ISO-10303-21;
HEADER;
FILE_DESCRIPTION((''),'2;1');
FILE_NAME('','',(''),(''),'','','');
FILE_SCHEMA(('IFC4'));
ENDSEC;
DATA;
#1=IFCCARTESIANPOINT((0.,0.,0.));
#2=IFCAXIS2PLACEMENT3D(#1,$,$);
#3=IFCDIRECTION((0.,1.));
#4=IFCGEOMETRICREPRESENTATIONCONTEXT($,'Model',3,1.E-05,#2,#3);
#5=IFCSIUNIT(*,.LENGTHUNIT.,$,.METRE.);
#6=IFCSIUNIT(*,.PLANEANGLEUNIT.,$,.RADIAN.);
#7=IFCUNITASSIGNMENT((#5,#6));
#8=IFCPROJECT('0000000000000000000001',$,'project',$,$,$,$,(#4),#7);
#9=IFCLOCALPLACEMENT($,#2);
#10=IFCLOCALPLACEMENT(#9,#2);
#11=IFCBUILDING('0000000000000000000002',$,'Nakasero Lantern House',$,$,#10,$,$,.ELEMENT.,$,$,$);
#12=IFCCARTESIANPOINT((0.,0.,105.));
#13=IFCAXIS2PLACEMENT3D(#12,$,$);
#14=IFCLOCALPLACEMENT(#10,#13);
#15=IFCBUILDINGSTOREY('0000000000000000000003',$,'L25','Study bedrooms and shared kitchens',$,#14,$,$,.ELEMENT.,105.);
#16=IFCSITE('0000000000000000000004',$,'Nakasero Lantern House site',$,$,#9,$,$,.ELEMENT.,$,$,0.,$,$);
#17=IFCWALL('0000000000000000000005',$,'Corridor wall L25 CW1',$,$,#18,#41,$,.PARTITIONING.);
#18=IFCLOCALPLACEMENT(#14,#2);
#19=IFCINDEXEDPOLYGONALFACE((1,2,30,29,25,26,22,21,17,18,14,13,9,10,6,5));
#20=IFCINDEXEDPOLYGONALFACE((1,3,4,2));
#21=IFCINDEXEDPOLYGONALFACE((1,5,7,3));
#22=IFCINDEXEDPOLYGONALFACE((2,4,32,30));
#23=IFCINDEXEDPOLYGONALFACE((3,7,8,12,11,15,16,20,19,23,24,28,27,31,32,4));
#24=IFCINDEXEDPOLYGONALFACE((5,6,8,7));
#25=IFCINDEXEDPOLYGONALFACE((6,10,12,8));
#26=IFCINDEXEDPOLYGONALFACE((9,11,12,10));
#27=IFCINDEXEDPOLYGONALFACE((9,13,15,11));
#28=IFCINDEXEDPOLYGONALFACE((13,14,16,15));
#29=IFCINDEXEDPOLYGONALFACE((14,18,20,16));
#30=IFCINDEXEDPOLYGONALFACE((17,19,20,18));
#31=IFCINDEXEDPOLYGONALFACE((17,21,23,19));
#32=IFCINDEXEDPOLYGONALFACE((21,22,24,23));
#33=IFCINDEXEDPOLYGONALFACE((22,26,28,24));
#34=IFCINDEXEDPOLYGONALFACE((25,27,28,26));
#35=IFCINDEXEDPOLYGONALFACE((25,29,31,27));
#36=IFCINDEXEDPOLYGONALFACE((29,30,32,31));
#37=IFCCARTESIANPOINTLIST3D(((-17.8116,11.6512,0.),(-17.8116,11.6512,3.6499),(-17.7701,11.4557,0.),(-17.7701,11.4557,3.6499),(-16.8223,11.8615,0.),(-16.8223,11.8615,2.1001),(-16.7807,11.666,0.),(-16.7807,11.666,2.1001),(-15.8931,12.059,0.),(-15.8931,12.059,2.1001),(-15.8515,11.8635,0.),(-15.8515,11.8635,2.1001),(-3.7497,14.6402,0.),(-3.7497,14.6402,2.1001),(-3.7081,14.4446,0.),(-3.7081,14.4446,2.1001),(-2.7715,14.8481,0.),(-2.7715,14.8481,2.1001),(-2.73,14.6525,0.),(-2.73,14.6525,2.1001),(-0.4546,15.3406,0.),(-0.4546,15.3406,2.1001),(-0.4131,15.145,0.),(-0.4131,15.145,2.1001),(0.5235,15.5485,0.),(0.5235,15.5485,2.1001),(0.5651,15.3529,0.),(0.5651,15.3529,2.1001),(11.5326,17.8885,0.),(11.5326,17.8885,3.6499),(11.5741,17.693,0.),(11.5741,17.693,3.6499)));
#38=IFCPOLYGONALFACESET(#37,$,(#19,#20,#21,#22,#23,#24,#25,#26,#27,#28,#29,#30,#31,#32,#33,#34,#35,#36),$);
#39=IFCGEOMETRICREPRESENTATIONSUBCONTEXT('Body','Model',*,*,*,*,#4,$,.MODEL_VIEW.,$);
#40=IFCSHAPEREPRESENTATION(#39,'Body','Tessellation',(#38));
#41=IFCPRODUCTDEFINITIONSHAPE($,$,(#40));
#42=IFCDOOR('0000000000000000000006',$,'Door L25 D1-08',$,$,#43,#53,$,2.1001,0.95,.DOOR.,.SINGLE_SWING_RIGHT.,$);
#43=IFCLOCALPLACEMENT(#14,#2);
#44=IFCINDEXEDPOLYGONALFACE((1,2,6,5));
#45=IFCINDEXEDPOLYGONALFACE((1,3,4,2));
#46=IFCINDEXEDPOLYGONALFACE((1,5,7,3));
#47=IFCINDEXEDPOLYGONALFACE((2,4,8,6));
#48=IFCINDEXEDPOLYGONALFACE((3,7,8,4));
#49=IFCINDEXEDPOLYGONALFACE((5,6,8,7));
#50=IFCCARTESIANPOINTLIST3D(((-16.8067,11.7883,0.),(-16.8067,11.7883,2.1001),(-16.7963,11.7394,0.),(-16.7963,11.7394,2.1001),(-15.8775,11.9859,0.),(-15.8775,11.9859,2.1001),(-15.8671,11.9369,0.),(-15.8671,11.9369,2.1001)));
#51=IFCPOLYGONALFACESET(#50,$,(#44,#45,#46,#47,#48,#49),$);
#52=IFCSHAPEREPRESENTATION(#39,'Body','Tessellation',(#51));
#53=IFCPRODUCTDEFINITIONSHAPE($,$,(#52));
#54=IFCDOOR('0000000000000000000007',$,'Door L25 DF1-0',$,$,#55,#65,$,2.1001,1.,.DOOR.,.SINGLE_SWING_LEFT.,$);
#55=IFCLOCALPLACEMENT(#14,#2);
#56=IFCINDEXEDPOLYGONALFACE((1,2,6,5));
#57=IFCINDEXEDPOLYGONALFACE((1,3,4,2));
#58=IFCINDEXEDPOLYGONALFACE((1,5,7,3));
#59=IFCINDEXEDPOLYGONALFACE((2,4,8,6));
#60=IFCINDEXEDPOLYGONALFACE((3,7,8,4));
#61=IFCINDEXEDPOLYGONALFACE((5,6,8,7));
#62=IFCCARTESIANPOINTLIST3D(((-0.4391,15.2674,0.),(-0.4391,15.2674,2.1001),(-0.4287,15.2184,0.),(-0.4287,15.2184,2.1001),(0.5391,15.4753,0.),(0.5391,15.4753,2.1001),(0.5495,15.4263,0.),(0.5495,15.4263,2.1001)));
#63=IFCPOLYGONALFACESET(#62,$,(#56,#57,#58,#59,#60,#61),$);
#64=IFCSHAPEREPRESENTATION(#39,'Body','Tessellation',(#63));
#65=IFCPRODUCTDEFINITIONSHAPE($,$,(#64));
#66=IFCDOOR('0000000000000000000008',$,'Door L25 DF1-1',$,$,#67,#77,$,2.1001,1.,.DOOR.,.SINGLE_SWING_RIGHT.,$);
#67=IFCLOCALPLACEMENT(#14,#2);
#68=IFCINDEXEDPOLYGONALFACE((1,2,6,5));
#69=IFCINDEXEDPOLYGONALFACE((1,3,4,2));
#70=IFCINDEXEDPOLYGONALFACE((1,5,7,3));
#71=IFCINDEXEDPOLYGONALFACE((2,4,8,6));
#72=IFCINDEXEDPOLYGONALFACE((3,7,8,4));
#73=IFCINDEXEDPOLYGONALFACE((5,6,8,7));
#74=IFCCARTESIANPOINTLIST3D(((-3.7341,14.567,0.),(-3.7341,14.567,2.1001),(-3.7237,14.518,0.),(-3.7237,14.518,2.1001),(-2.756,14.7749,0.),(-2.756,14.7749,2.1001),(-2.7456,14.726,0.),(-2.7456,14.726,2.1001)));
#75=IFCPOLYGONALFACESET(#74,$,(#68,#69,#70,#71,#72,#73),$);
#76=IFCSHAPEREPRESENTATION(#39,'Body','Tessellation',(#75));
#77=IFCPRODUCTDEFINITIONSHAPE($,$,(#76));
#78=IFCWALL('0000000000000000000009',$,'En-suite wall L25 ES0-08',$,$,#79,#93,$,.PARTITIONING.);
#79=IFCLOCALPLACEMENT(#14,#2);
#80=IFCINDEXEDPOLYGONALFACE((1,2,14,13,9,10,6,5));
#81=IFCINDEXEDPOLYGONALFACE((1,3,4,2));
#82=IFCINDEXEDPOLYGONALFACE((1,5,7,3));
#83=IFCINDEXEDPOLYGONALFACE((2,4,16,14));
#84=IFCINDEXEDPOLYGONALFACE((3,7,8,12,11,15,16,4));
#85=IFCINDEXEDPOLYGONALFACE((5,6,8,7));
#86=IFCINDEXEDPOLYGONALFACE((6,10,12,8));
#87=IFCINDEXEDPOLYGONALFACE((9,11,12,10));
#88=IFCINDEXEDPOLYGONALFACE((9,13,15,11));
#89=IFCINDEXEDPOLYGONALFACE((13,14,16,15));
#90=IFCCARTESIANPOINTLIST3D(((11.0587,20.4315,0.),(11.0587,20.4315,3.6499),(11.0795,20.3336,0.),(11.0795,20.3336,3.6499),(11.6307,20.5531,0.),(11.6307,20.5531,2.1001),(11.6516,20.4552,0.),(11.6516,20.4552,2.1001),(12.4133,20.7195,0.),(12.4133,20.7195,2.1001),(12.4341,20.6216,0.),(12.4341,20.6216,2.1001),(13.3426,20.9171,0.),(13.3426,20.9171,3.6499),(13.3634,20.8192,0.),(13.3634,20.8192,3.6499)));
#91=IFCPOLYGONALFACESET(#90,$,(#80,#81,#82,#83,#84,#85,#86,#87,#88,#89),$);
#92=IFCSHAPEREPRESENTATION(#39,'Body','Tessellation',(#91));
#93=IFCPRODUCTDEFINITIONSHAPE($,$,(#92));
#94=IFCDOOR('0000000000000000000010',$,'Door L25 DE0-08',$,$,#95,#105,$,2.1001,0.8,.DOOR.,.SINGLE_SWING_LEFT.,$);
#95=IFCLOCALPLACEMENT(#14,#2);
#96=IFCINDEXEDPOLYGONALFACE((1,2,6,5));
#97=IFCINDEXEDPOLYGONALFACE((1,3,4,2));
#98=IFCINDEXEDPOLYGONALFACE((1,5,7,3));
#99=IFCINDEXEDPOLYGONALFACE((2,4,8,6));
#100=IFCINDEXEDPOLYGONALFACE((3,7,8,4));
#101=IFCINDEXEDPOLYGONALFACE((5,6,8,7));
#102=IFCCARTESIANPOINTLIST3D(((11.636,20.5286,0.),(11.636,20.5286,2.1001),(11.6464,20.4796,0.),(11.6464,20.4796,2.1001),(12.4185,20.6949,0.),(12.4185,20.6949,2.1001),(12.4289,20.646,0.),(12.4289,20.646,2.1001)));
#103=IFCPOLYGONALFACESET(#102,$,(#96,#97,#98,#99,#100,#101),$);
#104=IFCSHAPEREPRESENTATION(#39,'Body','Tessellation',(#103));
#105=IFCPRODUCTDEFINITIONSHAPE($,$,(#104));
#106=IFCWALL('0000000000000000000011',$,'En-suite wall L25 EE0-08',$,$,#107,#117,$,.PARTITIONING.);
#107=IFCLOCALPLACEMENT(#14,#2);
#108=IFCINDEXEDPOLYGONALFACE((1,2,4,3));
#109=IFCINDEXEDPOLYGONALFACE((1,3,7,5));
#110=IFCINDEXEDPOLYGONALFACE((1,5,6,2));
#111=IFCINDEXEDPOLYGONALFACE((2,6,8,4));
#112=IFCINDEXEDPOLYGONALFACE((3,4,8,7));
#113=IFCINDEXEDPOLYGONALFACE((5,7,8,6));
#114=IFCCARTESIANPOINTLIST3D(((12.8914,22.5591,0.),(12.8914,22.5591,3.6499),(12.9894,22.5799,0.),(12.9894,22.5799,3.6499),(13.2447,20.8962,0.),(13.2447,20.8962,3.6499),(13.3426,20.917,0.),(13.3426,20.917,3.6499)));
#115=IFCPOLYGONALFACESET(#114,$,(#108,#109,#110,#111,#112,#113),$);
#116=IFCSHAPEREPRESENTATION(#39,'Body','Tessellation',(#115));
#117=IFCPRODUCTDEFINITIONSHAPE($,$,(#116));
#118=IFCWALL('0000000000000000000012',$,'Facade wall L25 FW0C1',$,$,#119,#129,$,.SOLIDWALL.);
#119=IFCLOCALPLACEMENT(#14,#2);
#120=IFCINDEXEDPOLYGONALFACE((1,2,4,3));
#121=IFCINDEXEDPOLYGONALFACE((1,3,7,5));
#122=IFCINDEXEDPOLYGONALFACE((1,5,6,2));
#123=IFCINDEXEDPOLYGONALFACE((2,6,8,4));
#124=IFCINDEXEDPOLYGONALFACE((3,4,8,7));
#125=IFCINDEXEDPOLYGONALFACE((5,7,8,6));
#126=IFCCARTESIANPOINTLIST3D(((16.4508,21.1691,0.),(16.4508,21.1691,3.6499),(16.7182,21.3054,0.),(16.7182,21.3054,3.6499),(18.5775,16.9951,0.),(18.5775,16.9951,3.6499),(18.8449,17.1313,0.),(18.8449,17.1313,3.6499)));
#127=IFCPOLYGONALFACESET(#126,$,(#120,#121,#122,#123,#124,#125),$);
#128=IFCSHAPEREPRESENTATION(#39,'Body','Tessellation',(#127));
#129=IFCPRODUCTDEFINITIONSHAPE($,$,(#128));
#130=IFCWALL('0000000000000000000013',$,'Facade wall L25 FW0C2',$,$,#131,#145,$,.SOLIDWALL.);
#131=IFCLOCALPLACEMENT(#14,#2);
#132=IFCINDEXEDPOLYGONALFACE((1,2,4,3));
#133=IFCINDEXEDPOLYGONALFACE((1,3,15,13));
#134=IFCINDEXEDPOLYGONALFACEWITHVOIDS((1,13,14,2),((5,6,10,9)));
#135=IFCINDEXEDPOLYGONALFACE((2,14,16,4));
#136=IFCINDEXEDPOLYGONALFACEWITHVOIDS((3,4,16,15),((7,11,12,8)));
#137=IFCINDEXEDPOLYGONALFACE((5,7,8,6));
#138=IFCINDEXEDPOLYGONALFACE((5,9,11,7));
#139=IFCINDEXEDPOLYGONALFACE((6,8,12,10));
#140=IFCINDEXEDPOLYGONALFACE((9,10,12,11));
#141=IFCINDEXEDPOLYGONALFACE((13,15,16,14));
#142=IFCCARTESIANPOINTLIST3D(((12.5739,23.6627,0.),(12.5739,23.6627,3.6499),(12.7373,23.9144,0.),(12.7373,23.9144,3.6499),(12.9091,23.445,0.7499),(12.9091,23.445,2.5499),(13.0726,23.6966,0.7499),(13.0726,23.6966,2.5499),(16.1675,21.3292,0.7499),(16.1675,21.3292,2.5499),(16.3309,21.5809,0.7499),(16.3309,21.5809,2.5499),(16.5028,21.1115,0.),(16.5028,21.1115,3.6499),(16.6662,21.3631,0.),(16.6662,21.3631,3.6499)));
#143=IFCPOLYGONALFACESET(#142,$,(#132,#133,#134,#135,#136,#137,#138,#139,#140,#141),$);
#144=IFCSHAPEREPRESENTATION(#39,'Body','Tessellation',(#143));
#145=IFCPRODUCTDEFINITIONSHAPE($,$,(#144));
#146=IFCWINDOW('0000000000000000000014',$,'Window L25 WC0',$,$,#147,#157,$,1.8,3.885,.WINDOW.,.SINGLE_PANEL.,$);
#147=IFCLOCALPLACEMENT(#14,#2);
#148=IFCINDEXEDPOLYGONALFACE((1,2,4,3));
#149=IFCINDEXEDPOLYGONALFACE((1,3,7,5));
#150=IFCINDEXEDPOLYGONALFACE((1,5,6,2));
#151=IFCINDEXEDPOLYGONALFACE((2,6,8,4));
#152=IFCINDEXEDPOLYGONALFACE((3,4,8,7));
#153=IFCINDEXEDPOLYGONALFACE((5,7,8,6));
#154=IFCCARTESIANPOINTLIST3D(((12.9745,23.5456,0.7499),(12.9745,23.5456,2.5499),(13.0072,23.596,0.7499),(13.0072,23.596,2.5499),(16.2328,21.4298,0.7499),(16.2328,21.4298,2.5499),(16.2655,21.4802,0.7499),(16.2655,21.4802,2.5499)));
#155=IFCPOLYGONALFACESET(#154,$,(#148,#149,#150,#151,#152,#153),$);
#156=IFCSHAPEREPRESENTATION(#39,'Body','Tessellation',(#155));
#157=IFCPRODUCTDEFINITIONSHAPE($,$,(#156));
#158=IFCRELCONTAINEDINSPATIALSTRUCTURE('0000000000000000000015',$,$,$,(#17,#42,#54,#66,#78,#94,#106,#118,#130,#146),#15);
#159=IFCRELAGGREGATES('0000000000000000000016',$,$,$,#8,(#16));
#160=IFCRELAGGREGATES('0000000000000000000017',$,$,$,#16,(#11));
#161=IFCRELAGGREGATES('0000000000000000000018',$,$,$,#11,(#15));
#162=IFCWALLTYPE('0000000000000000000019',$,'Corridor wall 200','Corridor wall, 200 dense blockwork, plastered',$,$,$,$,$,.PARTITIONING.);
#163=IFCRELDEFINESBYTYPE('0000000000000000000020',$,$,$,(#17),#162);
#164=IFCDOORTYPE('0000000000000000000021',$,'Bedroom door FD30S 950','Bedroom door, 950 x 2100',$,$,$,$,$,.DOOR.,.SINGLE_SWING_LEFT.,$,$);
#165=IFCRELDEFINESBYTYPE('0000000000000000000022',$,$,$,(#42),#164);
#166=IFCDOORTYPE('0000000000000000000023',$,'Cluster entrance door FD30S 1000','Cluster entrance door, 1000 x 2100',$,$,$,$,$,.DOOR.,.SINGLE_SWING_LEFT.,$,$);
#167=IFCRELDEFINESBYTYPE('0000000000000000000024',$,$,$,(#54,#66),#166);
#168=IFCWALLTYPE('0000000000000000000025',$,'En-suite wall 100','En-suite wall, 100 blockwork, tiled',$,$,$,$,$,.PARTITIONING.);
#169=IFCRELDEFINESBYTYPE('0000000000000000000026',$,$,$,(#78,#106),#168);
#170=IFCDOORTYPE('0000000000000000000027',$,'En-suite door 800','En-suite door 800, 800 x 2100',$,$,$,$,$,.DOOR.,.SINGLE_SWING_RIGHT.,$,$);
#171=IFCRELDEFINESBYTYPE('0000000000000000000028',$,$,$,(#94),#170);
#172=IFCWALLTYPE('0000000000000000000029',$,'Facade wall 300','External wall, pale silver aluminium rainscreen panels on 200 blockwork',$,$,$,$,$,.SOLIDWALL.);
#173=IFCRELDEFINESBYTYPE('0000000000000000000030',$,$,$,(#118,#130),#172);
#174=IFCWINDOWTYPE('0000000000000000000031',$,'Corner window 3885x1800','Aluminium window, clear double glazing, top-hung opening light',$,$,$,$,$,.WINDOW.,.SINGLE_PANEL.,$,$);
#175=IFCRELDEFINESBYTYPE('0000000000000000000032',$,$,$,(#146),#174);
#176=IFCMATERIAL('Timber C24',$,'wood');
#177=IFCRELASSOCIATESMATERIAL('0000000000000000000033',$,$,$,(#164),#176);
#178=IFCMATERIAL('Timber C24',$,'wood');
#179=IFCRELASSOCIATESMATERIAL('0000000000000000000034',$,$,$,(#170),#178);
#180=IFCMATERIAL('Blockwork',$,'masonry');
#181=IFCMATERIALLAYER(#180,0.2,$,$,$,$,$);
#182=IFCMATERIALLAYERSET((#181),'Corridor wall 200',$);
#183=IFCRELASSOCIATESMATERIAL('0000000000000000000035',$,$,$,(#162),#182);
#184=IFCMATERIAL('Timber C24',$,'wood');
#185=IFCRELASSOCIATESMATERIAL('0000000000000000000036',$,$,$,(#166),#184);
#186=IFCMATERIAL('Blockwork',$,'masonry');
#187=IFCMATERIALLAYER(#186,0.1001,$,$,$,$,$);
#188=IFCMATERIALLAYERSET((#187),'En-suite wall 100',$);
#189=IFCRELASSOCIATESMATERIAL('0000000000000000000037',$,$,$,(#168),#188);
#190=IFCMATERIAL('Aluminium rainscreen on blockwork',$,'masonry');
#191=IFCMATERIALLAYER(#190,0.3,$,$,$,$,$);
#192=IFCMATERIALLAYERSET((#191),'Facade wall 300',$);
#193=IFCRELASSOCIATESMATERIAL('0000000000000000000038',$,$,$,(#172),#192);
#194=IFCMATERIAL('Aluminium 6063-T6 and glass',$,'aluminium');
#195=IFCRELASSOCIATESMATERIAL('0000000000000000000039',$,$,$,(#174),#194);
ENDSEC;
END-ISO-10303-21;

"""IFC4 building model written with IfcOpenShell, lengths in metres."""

from ifc_helpers import new_model, si_unit, direction, frame, frame_2d, origin, place, context, subcontext, project, spatial, rectangle, extrude, material, layer, layer_set, type_object, element, fill, save


model = new_model("IFC4")

# Units and contexts
model_context = context("Model", 3, precision=1e-05, world=origin(), true_north=direction((0.0, 1.0)))
body_context = subcontext(model_context, "Body", "Model", "MODEL_VIEW")
ifc_project = project(units=[si_unit("LENGTHUNIT", "METRE"), si_unit("PLANEANGLEUNIT", "RADIAN")], contexts=[model_context])

# Site, building, storey
site_placement = place(None, origin())
site = spatial("IfcSite", under=ifc_project, at=site_placement, Name="Nakasero Lantern House site", CompositionType="ELEMENT", RefElevation=0.0)
building_placement = place(site_placement, origin())
building = spatial("IfcBuilding", under=site, at=building_placement, Name="Nakasero Lantern House", CompositionType="ELEMENT")
storey_placement = place(building_placement, frame((0.0, 0.0, 105.0)))
storey = spatial("IfcBuildingStorey", under=building, at=storey_placement, Name="L25", Description="Study bedrooms and shared kitchens", CompositionType="ELEMENT", Elevation=105.0)

# Wall, openings, doors
ifc_material_1 = material(Name="Timber C24", Category="wood")
door_type_1 = type_object("IfcDoorType", Name="Bedroom door FD30S 950", Description="Bedroom door, 950 x 2100", OperationType="SINGLE_SWING_LEFT", PredefinedType="DOOR", material=ifc_material_1)
ifc_material_2 = material(Name="Timber C24", Category="wood")
door_type_2 = type_object("IfcDoorType", Name="En-suite door 800", Description="En-suite door 800, 800 x 2100", OperationType="SINGLE_SWING_RIGHT", PredefinedType="DOOR", material=ifc_material_2)
ifc_material_3 = material(Name="Blockwork", Category="masonry")
ifc_layer_1 = layer(ifc_material_3, 0.2)
ifc_layer_set_1 = layer_set([ifc_layer_1], Name="Corridor wall 200")
wall_type_1 = type_object("IfcWallType", Name="Corridor wall 200", Description="Corridor wall, 200 dense blockwork, plastered", PredefinedType="PARTITIONING", material=ifc_layer_set_1)
wall_1_placement = place(storey_placement, frame((11.5535, 17.7908, 0.0), z_axis=(0.0, 0.0, 1.0), x_axis=(-0.978148, -0.207912, 0.0)))
wall_1 = element("IfcWall", 1, at=wall_1_placement, inside=storey, type_object=wall_type_1, Name="Corridor wall L25 CW1", PredefinedType="PARTITIONING", context=body_context, shape_type="SweptSolid", body=[
    extrude(rectangle(XDim=29.9998, YDim=0.2, at=frame_2d((15.0, 0.0))), origin(), (0.0, 0.0, 1.0), 3.6499),
])
opening_1_placement = place(wall_1_placement, frame((11.2551, 0.0, 0.0)))
opening_1 = element("IfcOpeningElement", 2, at=opening_1_placement, cuts=wall_1, PredefinedType="OPENING", context=body_context, shape_type="SweptSolid", body=[
    extrude(rectangle(XDim=1.0, YDim=2.1001, at=frame_2d((0.5, 1.05))), frame((0.0, 0.1199, 0.0), z_axis=(0.0, -1.0, 0.0), x_axis=(1.0, 0.0, 0.0)), (0.0, 0.0, 1.0), 0.24),
])
opening_2_placement = place(wall_1_placement, frame((14.6238, 0.0, 0.0)))
opening_2 = element("IfcOpeningElement", 3, at=opening_2_placement, cuts=wall_1, PredefinedType="OPENING", context=body_context, shape_type="SweptSolid", body=[
    extrude(rectangle(XDim=1.0, YDim=2.1001, at=frame_2d((0.5, 1.05))), frame((0.0, 0.1199, 0.0), z_axis=(0.0, -1.0, 0.0), x_axis=(1.0, 0.0, 0.0)), (0.0, 0.0, 1.0), 0.24),
])
opening_3_placement = place(wall_1_placement, frame((28.0383, 0.0, 0.0)))
opening_3 = element("IfcOpeningElement", 4, at=opening_3_placement, cuts=wall_1, PredefinedType="OPENING", context=body_context, shape_type="SweptSolid", body=[
    extrude(rectangle(XDim=0.95, YDim=2.1001, at=frame_2d((0.4751, 1.05))), frame((0.0, 0.1199, 0.0), z_axis=(0.0, -1.0, 0.0), x_axis=(1.0, 0.0, 0.0)), (0.0, 0.0, 1.0), 0.24),
])
door_1_placement = place(opening_3_placement, origin())
door_1 = element("IfcDoor", 5, at=door_1_placement, inside=storey, type_object=door_type_1, Name="Door L25 D1-08", OperationType="SINGLE_SWING_RIGHT", OverallHeight=2.1001, OverallWidth=0.95, PredefinedType="DOOR", context=body_context, shape_type="SweptSolid", body=[
    extrude(rectangle(XDim=0.95, YDim=2.1001, at=frame_2d((0.4751, 1.05))), frame((0.0, 0.0249, 0.0), z_axis=(0.0, -1.0, 0.0), x_axis=(1.0, 0.0, 0.0)), (0.0, 0.0, 1.0), 0.05),
])
fill(opening_3, door_1)
ifc_material_4 = material(Name="Timber C24", Category="wood")
door_type_3 = type_object("IfcDoorType", Name="Cluster entrance door FD30S 1000", Description="Cluster entrance door, 1000 x 2100", OperationType="SINGLE_SWING_LEFT", PredefinedType="DOOR", material=ifc_material_4)
door_2_placement = place(opening_1_placement, origin())
door_2 = element("IfcDoor", 6, at=door_2_placement, inside=storey, type_object=door_type_3, Name="Door L25 DF1-0", OperationType="SINGLE_SWING_LEFT", OverallHeight=2.1001, OverallWidth=1.0, PredefinedType="DOOR", context=body_context, shape_type="SweptSolid", body=[
    extrude(rectangle(XDim=1.0, YDim=2.1001, at=frame_2d((0.5, 1.05))), frame((0.0, 0.0249, 0.0), z_axis=(0.0, -1.0, 0.0), x_axis=(1.0, 0.0, 0.0)), (0.0, 0.0, 1.0), 0.05),
])
fill(opening_1, door_2)
door_3_placement = place(opening_2_placement, origin())
door_3 = element("IfcDoor", 7, at=door_3_placement, inside=storey, type_object=door_type_3, Name="Door L25 DF1-1", OperationType="SINGLE_SWING_RIGHT", OverallHeight=2.1001, OverallWidth=1.0, PredefinedType="DOOR", context=body_context, shape_type="SweptSolid", body=[
    extrude(rectangle(XDim=1.0, YDim=2.1001, at=frame_2d((0.5, 1.05))), frame((0.0, 0.0249, 0.0), z_axis=(0.0, -1.0, 0.0), x_axis=(1.0, 0.0, 0.0)), (0.0, 0.0, 1.0), 0.05),
])
fill(opening_2, door_3)

# Wall, opening, door
ifc_material_5 = material(Name="Blockwork", Category="masonry")
ifc_layer_2 = layer(ifc_material_5, 0.1001)
ifc_layer_set_2 = layer_set([ifc_layer_2], Name="En-suite wall 100")
wall_type_2 = type_object("IfcWallType", Name="En-suite wall 100", Description="En-suite wall, 100 blockwork, tiled", PredefinedType="PARTITIONING", material=ifc_layer_set_2)
wall_2_placement = place(storey_placement, frame((11.0691, 20.3826, 0.0), z_axis=(0.0, 0.0, 1.0), x_axis=(0.978136, 0.207965, 0.0)))
wall_2 = element("IfcWall", 8, at=wall_2_placement, inside=storey, type_object=wall_type_2, Name="En-suite wall L25 ES0-08", PredefinedType="PARTITIONING", context=body_context, shape_type="SweptSolid", body=[
    extrude(rectangle(XDim=2.335, YDim=0.1001, at=frame_2d((1.1675, 0.0))), origin(), (0.0, 0.0, 1.0), 3.6499),
])
opening_4_placement = place(wall_2_placement, frame((0.585, 0.0, 0.0)))
opening_4 = element("IfcOpeningElement", 9, at=opening_4_placement, cuts=wall_2, PredefinedType="OPENING", context=body_context, shape_type="SweptSolid", body=[
    extrude(rectangle(XDim=0.8, YDim=2.1001, at=frame_2d((0.3999, 1.05))), frame((0.0, 0.0701, 0.0), z_axis=(0.0, -1.0, 0.0), x_axis=(1.0, 0.0, 0.0)), (0.0, 0.0, 1.0), 0.1401),
])
door_4_placement = place(opening_4_placement, origin())
door_4 = element("IfcDoor", 10, at=door_4_placement, inside=storey, type_object=door_type_2, Name="Door L25 DE0-08", OperationType="SINGLE_SWING_LEFT", OverallHeight=2.1001, OverallWidth=0.8, PredefinedType="DOOR", context=body_context, shape_type="SweptSolid", body=[
    extrude(rectangle(XDim=0.8, YDim=2.1001, at=frame_2d((0.3999, 1.05))), frame((0.0, 0.0249, 0.0), z_axis=(0.0, -1.0, 0.0), x_axis=(1.0, 0.0, 0.0)), (0.0, 0.0, 1.0), 0.05),
])
fill(opening_4, door_4)

# Walls
wall_3_placement = place(storey_placement, frame((13.2937, 20.9065, 0.0), z_axis=(0.0, 0.0, 1.0), x_axis=(-0.207812, 0.978169, 0.0)))
element("IfcWall", 11, at=wall_3_placement, inside=storey, type_object=wall_type_2, Name="En-suite wall L25 EE0-08", PredefinedType="PARTITIONING", context=body_context, shape_type="SweptSolid", body=[
    extrude(rectangle(XDim=1.7, YDim=0.1001, at=frame_2d((0.8501, 0.0))), origin(), (0.0, 0.0, 1.0), 3.6499),
])
ifc_material_6 = material(Name="Aluminium rainscreen on blockwork", Category="masonry")
ifc_layer_3 = layer(ifc_material_6, 0.3)
ifc_layer_set_3 = layer_set([ifc_layer_3], Name="Facade wall 300")
wall_type_3 = type_object("IfcWallType", Name="Facade wall 300", Description="External wall, pale silver aluminium rainscreen panels on 200 blockwork", PredefinedType="SOLIDWALL", material=ifc_layer_set_3)
wall_4_placement = place(storey_placement, frame((18.7112, 17.0632, 0.0), z_axis=(0.0, 0.0, 1.0), x_axis=(-0.453976, 0.891014, 0.0)))
element("IfcWall", 12, at=wall_4_placement, inside=storey, type_object=wall_type_3, Name="Facade wall L25 FW0C1", PredefinedType="SOLIDWALL", context=body_context, shape_type="SweptSolid", body=[
    extrude(rectangle(XDim=4.6846, YDim=0.3, at=frame_2d((2.3423, 0.0))), origin(), (0.0, 0.0, 1.0), 3.6499),
])

# Wall, opening, window
wall_5_placement = place(storey_placement, frame((16.5845, 21.2373, 0.0), z_axis=(0.0, 0.0, 1.0), x_axis=(-0.838692, 0.544605, 0.0)))
wall_5 = element("IfcWall", 13, at=wall_5_placement, inside=storey, type_object=wall_type_3, Name="Facade wall L25 FW0C2", PredefinedType="SOLIDWALL", context=body_context, shape_type="SweptSolid", body=[
    extrude(rectangle(XDim=4.6846, YDim=0.3, at=frame_2d((2.3423, 0.0))), origin(), (0.0, 0.0, 1.0), 3.6499),
])
opening_5_placement = place(wall_5_placement, frame((0.3999, 0.0, 0.75)))
opening_5 = element("IfcOpeningElement", 14, at=opening_5_placement, cuts=wall_5, PredefinedType="OPENING", context=body_context, shape_type="SweptSolid", body=[
    extrude(rectangle(XDim=3.885, YDim=1.8, at=frame_2d((1.9424, 0.8999))), frame((0.0, 0.1699, 0.0), z_axis=(0.0, -1.0, 0.0), x_axis=(1.0, 0.0, 0.0)), (0.0, 0.0, 1.0), 0.3401),
])
ifc_material_7 = material(Name="Aluminium 6063-T6 and glass", Category="aluminium")
window_type_1 = type_object("IfcWindowType", Name="Corner window 3885x1800", Description="Aluminium window, clear double glazing, top-hung opening light", PartitioningType="SINGLE_PANEL", PredefinedType="WINDOW", material=ifc_material_7)
window_1_placement = place(opening_5_placement, origin())
window_1 = element("IfcWindow", 15, at=window_1_placement, inside=storey, type_object=window_type_1, Name="Window L25 WC0", OverallHeight=1.8, OverallWidth=3.885, PartitioningType="SINGLE_PANEL", PredefinedType="WINDOW", context=body_context, shape_type="SweptSolid", body=[
    extrude(rectangle(XDim=3.885, YDim=1.8, at=frame_2d((1.9424, 0.8999))), frame((0.0, 0.03, 0.0), z_axis=(0.0, -1.0, 0.0), x_axis=(1.0, 0.0, 0.0)), (0.0, 0.0, 1.0), 0.0601),
])
fill(opening_5, window_1)

save(model, "model.ifc")
